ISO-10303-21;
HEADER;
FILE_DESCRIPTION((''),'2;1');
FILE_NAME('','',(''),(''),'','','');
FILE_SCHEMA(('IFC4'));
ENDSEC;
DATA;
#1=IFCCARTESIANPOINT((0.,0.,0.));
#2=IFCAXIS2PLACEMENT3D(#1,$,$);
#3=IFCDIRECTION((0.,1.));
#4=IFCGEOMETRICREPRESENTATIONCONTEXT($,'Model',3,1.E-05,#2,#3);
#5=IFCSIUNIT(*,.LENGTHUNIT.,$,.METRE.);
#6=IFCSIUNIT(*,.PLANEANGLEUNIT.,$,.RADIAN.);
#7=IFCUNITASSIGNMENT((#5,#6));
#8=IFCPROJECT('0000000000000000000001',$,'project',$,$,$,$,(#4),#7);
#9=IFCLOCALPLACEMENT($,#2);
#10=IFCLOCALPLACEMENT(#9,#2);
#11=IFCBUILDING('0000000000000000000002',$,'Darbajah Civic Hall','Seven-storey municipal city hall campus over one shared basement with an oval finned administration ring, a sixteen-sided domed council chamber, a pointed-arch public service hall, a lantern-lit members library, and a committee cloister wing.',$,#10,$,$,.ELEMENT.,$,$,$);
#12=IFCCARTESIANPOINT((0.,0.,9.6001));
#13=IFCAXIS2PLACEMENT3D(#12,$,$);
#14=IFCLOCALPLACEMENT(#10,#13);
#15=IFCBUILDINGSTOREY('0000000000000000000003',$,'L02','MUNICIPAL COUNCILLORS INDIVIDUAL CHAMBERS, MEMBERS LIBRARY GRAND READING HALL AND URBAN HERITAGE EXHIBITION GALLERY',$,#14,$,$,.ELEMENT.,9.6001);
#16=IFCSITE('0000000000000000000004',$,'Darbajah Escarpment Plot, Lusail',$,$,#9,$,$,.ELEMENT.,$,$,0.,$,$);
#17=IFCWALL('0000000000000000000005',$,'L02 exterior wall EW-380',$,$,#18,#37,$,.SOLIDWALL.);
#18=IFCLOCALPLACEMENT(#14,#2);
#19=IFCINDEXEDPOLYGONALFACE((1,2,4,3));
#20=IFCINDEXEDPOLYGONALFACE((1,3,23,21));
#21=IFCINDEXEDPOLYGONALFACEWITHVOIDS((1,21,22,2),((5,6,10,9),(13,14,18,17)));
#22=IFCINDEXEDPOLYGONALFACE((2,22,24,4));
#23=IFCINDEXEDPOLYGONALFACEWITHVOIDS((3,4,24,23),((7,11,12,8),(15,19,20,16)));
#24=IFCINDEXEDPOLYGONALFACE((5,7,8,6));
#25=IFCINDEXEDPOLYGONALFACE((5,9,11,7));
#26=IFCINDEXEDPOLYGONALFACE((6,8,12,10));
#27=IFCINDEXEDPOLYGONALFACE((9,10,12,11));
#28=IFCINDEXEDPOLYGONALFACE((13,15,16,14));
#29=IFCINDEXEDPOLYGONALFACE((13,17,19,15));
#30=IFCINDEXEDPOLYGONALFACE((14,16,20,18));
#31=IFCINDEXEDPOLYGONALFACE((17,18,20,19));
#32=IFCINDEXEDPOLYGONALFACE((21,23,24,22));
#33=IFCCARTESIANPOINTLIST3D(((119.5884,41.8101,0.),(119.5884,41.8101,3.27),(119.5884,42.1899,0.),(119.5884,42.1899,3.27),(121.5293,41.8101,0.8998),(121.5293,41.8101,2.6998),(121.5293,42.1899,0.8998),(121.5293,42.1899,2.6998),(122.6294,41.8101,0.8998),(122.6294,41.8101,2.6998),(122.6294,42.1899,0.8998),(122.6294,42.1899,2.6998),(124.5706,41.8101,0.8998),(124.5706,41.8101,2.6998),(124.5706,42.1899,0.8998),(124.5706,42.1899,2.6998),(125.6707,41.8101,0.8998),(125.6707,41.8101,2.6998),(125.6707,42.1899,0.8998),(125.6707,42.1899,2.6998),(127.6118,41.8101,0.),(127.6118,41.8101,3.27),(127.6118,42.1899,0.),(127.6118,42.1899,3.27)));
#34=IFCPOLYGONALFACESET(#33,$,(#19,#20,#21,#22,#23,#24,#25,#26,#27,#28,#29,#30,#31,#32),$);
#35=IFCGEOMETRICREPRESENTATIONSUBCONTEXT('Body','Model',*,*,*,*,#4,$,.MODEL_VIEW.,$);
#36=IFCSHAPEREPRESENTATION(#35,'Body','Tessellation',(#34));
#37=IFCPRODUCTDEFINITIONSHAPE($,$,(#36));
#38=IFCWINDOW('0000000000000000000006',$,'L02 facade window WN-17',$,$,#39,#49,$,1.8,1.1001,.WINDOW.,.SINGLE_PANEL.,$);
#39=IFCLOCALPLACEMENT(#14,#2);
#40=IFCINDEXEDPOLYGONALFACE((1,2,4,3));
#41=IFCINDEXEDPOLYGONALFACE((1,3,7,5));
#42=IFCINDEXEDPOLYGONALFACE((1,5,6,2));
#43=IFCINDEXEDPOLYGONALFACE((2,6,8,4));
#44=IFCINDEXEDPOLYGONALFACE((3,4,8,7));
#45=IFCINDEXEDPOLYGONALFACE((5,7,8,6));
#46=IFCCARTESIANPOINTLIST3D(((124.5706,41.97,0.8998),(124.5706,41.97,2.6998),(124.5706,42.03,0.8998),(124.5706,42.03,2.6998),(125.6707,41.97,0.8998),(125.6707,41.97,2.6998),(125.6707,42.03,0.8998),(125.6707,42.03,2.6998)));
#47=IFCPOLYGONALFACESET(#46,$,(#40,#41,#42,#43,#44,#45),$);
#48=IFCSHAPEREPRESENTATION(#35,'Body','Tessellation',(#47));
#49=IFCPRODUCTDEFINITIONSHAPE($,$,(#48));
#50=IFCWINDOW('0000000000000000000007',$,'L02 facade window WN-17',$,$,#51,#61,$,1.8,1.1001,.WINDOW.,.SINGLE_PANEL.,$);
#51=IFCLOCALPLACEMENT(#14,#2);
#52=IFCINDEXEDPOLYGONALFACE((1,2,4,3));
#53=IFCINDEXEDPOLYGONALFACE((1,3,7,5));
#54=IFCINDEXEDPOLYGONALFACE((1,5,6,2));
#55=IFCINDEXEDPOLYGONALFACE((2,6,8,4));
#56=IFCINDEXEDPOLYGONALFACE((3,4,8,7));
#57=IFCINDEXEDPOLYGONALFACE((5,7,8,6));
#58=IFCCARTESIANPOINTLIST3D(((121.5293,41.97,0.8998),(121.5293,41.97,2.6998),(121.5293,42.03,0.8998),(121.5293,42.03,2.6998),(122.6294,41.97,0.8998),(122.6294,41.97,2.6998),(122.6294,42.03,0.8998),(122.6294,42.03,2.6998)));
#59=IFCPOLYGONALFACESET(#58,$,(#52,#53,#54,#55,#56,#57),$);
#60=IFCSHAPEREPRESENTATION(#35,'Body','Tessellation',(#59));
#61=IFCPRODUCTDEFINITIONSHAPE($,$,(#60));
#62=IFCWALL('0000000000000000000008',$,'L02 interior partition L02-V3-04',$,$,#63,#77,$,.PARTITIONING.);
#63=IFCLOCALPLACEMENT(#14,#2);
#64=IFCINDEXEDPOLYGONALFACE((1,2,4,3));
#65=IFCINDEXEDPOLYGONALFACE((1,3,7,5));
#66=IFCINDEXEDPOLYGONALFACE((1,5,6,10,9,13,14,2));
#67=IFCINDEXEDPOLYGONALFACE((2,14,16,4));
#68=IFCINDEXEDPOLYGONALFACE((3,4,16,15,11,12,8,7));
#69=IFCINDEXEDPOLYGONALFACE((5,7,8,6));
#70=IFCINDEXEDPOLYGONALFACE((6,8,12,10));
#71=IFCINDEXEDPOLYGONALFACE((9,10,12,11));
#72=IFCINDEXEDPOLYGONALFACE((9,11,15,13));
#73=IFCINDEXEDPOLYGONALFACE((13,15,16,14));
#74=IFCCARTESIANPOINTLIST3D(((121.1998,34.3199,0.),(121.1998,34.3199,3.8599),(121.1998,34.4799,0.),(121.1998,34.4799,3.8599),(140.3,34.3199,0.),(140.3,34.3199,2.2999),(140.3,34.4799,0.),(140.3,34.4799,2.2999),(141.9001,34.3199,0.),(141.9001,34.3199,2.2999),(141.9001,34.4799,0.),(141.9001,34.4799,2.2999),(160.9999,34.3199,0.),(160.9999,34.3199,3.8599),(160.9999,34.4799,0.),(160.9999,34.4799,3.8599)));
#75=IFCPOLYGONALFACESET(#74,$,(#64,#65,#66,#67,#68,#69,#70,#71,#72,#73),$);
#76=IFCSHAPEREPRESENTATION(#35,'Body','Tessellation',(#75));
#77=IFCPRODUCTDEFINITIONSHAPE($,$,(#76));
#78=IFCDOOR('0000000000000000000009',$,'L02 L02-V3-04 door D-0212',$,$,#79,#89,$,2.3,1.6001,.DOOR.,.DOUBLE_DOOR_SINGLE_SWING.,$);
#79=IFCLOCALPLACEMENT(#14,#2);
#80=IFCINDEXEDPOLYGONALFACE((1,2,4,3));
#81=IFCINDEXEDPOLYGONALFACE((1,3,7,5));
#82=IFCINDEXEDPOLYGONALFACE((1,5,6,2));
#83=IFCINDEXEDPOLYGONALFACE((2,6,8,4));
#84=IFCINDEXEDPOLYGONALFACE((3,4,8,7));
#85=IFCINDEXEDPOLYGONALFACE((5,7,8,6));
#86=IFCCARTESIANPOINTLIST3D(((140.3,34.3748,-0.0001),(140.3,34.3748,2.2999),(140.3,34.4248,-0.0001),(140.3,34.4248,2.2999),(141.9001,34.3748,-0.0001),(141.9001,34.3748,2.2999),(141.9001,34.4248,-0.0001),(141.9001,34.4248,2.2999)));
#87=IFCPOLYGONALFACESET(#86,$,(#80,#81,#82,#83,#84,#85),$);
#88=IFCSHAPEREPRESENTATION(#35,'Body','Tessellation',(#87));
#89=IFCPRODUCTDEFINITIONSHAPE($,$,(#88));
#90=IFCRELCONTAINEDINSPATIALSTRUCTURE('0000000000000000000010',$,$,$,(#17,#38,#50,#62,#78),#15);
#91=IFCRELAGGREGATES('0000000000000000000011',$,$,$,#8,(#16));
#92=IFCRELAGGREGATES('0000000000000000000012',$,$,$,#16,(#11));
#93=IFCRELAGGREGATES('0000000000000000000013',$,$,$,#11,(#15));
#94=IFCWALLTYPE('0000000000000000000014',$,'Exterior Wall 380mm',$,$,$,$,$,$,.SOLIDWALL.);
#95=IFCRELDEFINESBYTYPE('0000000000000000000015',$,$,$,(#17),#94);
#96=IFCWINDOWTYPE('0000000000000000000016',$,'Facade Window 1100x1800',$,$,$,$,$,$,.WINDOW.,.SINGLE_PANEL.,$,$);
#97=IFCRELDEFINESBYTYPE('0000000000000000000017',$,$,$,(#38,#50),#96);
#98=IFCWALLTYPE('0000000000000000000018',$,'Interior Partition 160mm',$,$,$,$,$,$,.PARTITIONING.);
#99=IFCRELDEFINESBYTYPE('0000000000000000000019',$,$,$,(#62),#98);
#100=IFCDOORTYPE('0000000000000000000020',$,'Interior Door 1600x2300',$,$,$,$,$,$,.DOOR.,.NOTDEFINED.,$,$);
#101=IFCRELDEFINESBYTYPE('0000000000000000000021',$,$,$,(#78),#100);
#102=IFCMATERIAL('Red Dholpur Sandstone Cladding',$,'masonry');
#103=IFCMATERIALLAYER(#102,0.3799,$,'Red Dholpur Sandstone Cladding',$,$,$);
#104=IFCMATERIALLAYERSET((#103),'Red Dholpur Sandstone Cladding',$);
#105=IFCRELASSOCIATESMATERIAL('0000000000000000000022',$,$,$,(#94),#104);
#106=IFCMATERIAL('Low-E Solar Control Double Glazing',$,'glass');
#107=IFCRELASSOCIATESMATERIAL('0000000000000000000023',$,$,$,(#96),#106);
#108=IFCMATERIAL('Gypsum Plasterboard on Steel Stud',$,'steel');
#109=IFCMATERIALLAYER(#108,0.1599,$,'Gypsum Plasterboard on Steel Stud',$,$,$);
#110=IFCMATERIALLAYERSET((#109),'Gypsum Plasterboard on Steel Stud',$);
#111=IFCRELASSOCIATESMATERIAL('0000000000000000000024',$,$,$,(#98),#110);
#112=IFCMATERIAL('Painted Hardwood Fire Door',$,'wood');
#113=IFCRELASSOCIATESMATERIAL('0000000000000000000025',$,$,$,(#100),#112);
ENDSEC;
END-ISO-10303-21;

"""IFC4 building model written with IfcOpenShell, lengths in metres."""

from ifc_helpers import new_model, si_unit, direction, frame, frame_2d, origin, place, context, subcontext, project, spatial, rectangle, extrude, material, layer, layer_set, type_object, element, fill, save


model = new_model("IFC4")

# Units and contexts
model_context = context("Model", 3, precision=1e-05, world=origin(), true_north=direction((0.0, 1.0)))
body_context = subcontext(model_context, "Body", "Model", "MODEL_VIEW")
ifc_project = project(units=[si_unit("LENGTHUNIT", "METRE"), si_unit("PLANEANGLEUNIT", "RADIAN")], contexts=[model_context])

# Site, building, storey
site_placement = place(None, origin())
site = spatial("IfcSite", under=ifc_project, at=site_placement, Name="Darbajah Escarpment Plot, Lusail", CompositionType="ELEMENT", RefElevation=0.0)
building_placement = place(site_placement, origin())
building = spatial("IfcBuilding", under=site, at=building_placement, Name="Darbajah Civic Hall", Description="Seven-storey municipal city hall campus over one shared basement with an oval finned administration ring, a sixteen-sided domed council chamber, a pointed-arch public service hall, a lantern-lit members library, and a committee cloister wing.", CompositionType="ELEMENT")
storey_placement = place(building_placement, frame((0.0, 0.0, 9.6001)))
storey = spatial("IfcBuildingStorey", under=building, at=storey_placement, Name="L02", Description="MUNICIPAL COUNCILLORS INDIVIDUAL CHAMBERS, MEMBERS LIBRARY GRAND READING HALL AND URBAN HERITAGE EXHIBITION GALLERY", CompositionType="ELEMENT", Elevation=9.6001)

# Wall, openings, windows
ifc_material_1 = material(Name="Red Dholpur Sandstone Cladding", Category="masonry")
ifc_layer_1 = layer(ifc_material_1, 0.3799, Name="Red Dholpur Sandstone Cladding")
ifc_layer_set_1 = layer_set([ifc_layer_1], Name="Red Dholpur Sandstone Cladding")
wall_type_1 = type_object("IfcWallType", Name="Exterior Wall 380mm", PredefinedType="SOLIDWALL", material=ifc_layer_set_1)
wall_1_placement = place(storey_placement, frame((127.6118, 42.0, 0.0), z_axis=(0.0, 0.0, 1.0), x_axis=(-1.0, 0.0, 0.0)))
wall_1 = element("IfcWall", 1, at=wall_1_placement, inside=storey, type_object=wall_type_1, Name="L02 exterior wall EW-380", PredefinedType="SOLIDWALL", context=body_context, shape_type="SweptSolid", body=[
    extrude(rectangle(XDim=8.0234, YDim=0.3799, at=frame_2d((4.0117, 0.0))), origin(), (0.0, 0.0, 1.0), 3.27),
])
opening_1_placement = place(wall_1_placement, frame((1.9412, 0.0, 0.8999)))
opening_1 = element("IfcOpeningElement", 2, at=opening_1_placement, cuts=wall_1, PredefinedType="OPENING", context=body_context, shape_type="SweptSolid", body=[
    extrude(rectangle(XDim=1.1001, YDim=1.8, at=frame_2d((0.55, 0.8999))), frame((0.0, 0.2, 0.0), z_axis=(0.0, -1.0, 0.0), x_axis=(1.0, 0.0, 0.0)), (0.0, 0.0, 1.0), 0.3999),
])
opening_2_placement = place(wall_1_placement, frame((4.9824, 0.0, 0.8999)))
opening_2 = element("IfcOpeningElement", 3, at=opening_2_placement, cuts=wall_1, PredefinedType="OPENING", context=body_context, shape_type="SweptSolid", body=[
    extrude(rectangle(XDim=1.1001, YDim=1.8, at=frame_2d((0.55, 0.8999))), frame((0.0, 0.2, 0.0), z_axis=(0.0, -1.0, 0.0), x_axis=(1.0, 0.0, 0.0)), (0.0, 0.0, 1.0), 0.3999),
])
ifc_material_2 = material(Name="Low-E Solar Control Double Glazing", Category="glass")
window_type = type_object("IfcWindowType", Name="Facade Window 1100x1800", PartitioningType="SINGLE_PANEL", PredefinedType="WINDOW", material=ifc_material_2)
window_1_placement = place(opening_1_placement, origin())
window_1 = element("IfcWindow", 4, at=window_1_placement, inside=storey, type_object=window_type, Name="L02 facade window WN-17", OverallHeight=1.8, OverallWidth=1.1001, PartitioningType="SINGLE_PANEL", PredefinedType="WINDOW", context=body_context, shape_type="SweptSolid", body=[
    extrude(rectangle(XDim=1.1001, YDim=1.8, at=frame_2d((0.55, 0.8999))), frame((0.0, 0.03, 0.0), z_axis=(0.0, -1.0, 0.0), x_axis=(1.0, 0.0, 0.0)), (0.0, 0.0, 1.0), 0.0601),
])
fill(opening_1, window_1)
window_2_placement = place(opening_2_placement, origin())
window_2 = element("IfcWindow", 5, at=window_2_placement, inside=storey, type_object=window_type, Name="L02 facade window WN-17", OverallHeight=1.8, OverallWidth=1.1001, PartitioningType="SINGLE_PANEL", PredefinedType="WINDOW", context=body_context, shape_type="SweptSolid", body=[
    extrude(rectangle(XDim=1.1001, YDim=1.8, at=frame_2d((0.55, 0.8999))), frame((0.0, 0.03, 0.0), z_axis=(0.0, -1.0, 0.0), x_axis=(1.0, 0.0, 0.0)), (0.0, 0.0, 1.0), 0.0601),
])
fill(opening_2, window_2)

# Wall, opening, door
ifc_material_3 = material(Name="Gypsum Plasterboard on Steel Stud", Category="steel")
ifc_layer_2 = layer(ifc_material_3, 0.1599, Name="Gypsum Plasterboard on Steel Stud")
ifc_layer_set_2 = layer_set([ifc_layer_2], Name="Gypsum Plasterboard on Steel Stud")
wall_type_2 = type_object("IfcWallType", Name="Interior Partition 160mm", PredefinedType="PARTITIONING", material=ifc_layer_set_2)
wall_2_placement = place(storey_placement, frame((121.2, 34.3999, 0.0), z_axis=(0.0, 0.0, 1.0), x_axis=(1.0, 0.0, 0.0)))
wall_2 = element("IfcWall", 6, at=wall_2_placement, inside=storey, type_object=wall_type_2, Name="L02 interior partition L02-V3-04", PredefinedType="PARTITIONING", context=body_context, shape_type="SweptSolid", body=[
    extrude(rectangle(XDim=39.8, YDim=0.1599, at=frame_2d((19.8999, 0.0))), origin(), (0.0, 0.0, 1.0), 3.8599),
])
opening_3_placement = place(wall_2_placement, frame((19.1001, 0.0, 0.0)))
opening_3 = element("IfcOpeningElement", 7, at=opening_3_placement, cuts=wall_2, PredefinedType="OPENING", context=body_context, shape_type="SweptSolid", body=[
    extrude(rectangle(XDim=1.6001, YDim=2.3, at=frame_2d((0.8, 1.1499))), frame((0.0, 0.0898, 0.0), z_axis=(0.0, -1.0, 0.0), x_axis=(1.0, 0.0, 0.0)), (0.0, 0.0, 1.0), 0.1799),
])
ifc_material_4 = material(Name="Painted Hardwood Fire Door", Category="wood")
door_type = type_object("IfcDoorType", Name="Interior Door 1600x2300", OperationType="NOTDEFINED", PredefinedType="DOOR", material=ifc_material_4)
door_placement = place(opening_3_placement, origin())
door = element("IfcDoor", 8, at=door_placement, inside=storey, type_object=door_type, Name="L02 L02-V3-04 door D-0212", OperationType="DOUBLE_DOOR_SINGLE_SWING", OverallHeight=2.3, OverallWidth=1.6001, PredefinedType="DOOR", context=body_context, shape_type="SweptSolid", body=[
    extrude(rectangle(XDim=1.6001, YDim=2.3, at=frame_2d((0.8, 1.1499))), frame((0.0, 0.0249, 0.0), z_axis=(0.0, -1.0, 0.0), x_axis=(1.0, 0.0, 0.0)), (0.0, 0.0, 1.0), 0.05),
])
fill(opening_3, door)

save(model, "model.ifc")
